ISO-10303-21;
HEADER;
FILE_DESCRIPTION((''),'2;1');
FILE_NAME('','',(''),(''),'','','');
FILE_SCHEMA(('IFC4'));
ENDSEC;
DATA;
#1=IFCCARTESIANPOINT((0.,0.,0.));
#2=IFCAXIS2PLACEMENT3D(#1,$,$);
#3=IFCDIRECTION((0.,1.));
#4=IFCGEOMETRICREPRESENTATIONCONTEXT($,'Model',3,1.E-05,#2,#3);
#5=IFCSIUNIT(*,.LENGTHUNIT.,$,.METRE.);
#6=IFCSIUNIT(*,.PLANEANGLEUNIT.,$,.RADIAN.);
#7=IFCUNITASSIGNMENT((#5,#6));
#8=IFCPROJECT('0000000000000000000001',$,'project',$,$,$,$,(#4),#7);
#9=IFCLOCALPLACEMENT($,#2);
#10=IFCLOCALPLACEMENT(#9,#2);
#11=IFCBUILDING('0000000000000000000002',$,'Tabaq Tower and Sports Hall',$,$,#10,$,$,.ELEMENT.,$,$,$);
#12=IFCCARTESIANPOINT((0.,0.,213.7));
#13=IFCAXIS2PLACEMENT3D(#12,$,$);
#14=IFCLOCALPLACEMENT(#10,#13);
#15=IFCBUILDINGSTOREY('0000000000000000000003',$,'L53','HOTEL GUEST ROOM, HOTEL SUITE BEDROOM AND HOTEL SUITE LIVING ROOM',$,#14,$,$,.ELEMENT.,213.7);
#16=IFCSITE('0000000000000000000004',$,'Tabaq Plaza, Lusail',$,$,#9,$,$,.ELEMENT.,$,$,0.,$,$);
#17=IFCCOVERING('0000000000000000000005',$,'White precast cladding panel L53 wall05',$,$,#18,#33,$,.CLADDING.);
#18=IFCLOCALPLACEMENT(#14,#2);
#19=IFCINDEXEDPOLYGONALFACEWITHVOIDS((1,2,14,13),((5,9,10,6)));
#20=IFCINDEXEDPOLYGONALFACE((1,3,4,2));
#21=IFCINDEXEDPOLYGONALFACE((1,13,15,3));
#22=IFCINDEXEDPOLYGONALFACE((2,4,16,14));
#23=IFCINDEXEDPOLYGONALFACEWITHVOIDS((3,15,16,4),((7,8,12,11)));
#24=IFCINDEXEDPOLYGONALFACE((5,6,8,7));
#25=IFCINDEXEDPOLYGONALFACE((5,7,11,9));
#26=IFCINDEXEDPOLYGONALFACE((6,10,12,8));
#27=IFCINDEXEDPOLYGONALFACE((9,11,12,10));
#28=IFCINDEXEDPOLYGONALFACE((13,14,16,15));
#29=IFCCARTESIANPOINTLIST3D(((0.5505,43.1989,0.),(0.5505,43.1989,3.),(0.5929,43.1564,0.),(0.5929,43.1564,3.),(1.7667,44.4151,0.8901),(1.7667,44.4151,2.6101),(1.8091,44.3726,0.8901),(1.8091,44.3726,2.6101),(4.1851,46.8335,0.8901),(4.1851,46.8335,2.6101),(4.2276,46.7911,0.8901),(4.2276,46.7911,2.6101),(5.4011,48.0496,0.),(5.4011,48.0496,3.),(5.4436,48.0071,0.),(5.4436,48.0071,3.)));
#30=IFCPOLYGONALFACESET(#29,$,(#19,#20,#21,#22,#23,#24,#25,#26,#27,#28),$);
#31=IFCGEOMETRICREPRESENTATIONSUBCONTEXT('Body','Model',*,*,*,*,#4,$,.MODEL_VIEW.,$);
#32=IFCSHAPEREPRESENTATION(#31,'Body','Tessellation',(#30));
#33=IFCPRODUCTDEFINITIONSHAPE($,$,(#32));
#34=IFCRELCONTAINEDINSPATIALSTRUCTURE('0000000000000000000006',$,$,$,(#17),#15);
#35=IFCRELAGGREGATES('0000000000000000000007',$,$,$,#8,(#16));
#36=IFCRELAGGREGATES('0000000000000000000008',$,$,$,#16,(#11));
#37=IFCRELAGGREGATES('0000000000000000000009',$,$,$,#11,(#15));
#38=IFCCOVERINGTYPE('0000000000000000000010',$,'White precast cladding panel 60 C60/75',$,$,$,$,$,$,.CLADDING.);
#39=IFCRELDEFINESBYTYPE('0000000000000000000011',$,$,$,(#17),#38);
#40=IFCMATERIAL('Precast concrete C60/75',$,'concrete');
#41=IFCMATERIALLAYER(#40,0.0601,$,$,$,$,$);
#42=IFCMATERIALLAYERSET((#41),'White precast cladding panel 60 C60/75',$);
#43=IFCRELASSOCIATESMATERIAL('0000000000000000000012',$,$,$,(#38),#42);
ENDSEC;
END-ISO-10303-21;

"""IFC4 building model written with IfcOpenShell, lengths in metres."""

from ifc_helpers import new_model, si_unit, direction, frame, origin, place, context, subcontext, project, spatial, polyline, outline, extrude, material, layer, layer_set, type_object, element, save


model = new_model("IFC4")

# Units and contexts
model_context = context("Model", 3, precision=1e-05, world=origin(), true_north=direction((0.0, 1.0)))
body_context = subcontext(model_context, "Body", "Model", "MODEL_VIEW")
ifc_project = project(units=[si_unit("LENGTHUNIT", "METRE"), si_unit("PLANEANGLEUNIT", "RADIAN")], contexts=[model_context])

# Site, building, storey
site_placement = place(None, origin())
site = spatial("IfcSite", under=ifc_project, at=site_placement, Name="Tabaq Plaza, Lusail", CompositionType="ELEMENT", RefElevation=0.0)
building_placement = place(site_placement, origin())
building = spatial("IfcBuilding", under=site, at=building_placement, Name="Tabaq Tower and Sports Hall", CompositionType="ELEMENT")
storey_placement = place(building_placement, frame((0.0, 0.0, 213.7)))
storey = spatial("IfcBuildingStorey", under=building, at=storey_placement, Name="L53", Description="HOTEL GUEST ROOM, HOTEL SUITE BEDROOM AND HOTEL SUITE LIVING ROOM", CompositionType="ELEMENT", Elevation=213.7)

# Covering
ifc_material_1 = material(Name="Precast concrete C60/75", Category="concrete")
ifc_layer_1 = layer(ifc_material_1, 0.0601)
ifc_layer_set_1 = layer_set([ifc_layer_1], Name="White precast cladding panel 60 C60/75")
covering_type_1 = type_object("IfcCoveringType", Name="White precast cladding panel 60 C60/75", PredefinedType="CLADDING", material=ifc_layer_set_1)
covering_1_placement = place(storey_placement, frame((5.4224, 48.0283, 0.0), z_axis=(0.0, 0.0, 1.0), x_axis=(-0.707107, -0.707107, 0.0)))
element("IfcCovering", 1, at=covering_1_placement, inside=storey, type_object=covering_type_1, Name="White precast cladding panel L53 wall05", PredefinedType="CLADDING", context=body_context, shape_type="SweptSolid", body=[
    extrude(outline(polyline([(0.0, 0.0), (6.8599, 0.0), (6.8599, 3.0), (0.0, 3.0), (0.0, 0.0)]), holes=[polyline([(1.7197, 0.8901), (1.7197, 2.6101), (5.1399, 2.6101), (5.1399, 0.8901), (1.7197, 0.8901)])]), frame((0.0, 0.03, 0.0), z_axis=(0.0, -1.0, 0.0), x_axis=(1.0, 0.0, 0.0)), (0.0, 0.0, 1.0), 0.0601),
])

save(model, "model.ifc")
